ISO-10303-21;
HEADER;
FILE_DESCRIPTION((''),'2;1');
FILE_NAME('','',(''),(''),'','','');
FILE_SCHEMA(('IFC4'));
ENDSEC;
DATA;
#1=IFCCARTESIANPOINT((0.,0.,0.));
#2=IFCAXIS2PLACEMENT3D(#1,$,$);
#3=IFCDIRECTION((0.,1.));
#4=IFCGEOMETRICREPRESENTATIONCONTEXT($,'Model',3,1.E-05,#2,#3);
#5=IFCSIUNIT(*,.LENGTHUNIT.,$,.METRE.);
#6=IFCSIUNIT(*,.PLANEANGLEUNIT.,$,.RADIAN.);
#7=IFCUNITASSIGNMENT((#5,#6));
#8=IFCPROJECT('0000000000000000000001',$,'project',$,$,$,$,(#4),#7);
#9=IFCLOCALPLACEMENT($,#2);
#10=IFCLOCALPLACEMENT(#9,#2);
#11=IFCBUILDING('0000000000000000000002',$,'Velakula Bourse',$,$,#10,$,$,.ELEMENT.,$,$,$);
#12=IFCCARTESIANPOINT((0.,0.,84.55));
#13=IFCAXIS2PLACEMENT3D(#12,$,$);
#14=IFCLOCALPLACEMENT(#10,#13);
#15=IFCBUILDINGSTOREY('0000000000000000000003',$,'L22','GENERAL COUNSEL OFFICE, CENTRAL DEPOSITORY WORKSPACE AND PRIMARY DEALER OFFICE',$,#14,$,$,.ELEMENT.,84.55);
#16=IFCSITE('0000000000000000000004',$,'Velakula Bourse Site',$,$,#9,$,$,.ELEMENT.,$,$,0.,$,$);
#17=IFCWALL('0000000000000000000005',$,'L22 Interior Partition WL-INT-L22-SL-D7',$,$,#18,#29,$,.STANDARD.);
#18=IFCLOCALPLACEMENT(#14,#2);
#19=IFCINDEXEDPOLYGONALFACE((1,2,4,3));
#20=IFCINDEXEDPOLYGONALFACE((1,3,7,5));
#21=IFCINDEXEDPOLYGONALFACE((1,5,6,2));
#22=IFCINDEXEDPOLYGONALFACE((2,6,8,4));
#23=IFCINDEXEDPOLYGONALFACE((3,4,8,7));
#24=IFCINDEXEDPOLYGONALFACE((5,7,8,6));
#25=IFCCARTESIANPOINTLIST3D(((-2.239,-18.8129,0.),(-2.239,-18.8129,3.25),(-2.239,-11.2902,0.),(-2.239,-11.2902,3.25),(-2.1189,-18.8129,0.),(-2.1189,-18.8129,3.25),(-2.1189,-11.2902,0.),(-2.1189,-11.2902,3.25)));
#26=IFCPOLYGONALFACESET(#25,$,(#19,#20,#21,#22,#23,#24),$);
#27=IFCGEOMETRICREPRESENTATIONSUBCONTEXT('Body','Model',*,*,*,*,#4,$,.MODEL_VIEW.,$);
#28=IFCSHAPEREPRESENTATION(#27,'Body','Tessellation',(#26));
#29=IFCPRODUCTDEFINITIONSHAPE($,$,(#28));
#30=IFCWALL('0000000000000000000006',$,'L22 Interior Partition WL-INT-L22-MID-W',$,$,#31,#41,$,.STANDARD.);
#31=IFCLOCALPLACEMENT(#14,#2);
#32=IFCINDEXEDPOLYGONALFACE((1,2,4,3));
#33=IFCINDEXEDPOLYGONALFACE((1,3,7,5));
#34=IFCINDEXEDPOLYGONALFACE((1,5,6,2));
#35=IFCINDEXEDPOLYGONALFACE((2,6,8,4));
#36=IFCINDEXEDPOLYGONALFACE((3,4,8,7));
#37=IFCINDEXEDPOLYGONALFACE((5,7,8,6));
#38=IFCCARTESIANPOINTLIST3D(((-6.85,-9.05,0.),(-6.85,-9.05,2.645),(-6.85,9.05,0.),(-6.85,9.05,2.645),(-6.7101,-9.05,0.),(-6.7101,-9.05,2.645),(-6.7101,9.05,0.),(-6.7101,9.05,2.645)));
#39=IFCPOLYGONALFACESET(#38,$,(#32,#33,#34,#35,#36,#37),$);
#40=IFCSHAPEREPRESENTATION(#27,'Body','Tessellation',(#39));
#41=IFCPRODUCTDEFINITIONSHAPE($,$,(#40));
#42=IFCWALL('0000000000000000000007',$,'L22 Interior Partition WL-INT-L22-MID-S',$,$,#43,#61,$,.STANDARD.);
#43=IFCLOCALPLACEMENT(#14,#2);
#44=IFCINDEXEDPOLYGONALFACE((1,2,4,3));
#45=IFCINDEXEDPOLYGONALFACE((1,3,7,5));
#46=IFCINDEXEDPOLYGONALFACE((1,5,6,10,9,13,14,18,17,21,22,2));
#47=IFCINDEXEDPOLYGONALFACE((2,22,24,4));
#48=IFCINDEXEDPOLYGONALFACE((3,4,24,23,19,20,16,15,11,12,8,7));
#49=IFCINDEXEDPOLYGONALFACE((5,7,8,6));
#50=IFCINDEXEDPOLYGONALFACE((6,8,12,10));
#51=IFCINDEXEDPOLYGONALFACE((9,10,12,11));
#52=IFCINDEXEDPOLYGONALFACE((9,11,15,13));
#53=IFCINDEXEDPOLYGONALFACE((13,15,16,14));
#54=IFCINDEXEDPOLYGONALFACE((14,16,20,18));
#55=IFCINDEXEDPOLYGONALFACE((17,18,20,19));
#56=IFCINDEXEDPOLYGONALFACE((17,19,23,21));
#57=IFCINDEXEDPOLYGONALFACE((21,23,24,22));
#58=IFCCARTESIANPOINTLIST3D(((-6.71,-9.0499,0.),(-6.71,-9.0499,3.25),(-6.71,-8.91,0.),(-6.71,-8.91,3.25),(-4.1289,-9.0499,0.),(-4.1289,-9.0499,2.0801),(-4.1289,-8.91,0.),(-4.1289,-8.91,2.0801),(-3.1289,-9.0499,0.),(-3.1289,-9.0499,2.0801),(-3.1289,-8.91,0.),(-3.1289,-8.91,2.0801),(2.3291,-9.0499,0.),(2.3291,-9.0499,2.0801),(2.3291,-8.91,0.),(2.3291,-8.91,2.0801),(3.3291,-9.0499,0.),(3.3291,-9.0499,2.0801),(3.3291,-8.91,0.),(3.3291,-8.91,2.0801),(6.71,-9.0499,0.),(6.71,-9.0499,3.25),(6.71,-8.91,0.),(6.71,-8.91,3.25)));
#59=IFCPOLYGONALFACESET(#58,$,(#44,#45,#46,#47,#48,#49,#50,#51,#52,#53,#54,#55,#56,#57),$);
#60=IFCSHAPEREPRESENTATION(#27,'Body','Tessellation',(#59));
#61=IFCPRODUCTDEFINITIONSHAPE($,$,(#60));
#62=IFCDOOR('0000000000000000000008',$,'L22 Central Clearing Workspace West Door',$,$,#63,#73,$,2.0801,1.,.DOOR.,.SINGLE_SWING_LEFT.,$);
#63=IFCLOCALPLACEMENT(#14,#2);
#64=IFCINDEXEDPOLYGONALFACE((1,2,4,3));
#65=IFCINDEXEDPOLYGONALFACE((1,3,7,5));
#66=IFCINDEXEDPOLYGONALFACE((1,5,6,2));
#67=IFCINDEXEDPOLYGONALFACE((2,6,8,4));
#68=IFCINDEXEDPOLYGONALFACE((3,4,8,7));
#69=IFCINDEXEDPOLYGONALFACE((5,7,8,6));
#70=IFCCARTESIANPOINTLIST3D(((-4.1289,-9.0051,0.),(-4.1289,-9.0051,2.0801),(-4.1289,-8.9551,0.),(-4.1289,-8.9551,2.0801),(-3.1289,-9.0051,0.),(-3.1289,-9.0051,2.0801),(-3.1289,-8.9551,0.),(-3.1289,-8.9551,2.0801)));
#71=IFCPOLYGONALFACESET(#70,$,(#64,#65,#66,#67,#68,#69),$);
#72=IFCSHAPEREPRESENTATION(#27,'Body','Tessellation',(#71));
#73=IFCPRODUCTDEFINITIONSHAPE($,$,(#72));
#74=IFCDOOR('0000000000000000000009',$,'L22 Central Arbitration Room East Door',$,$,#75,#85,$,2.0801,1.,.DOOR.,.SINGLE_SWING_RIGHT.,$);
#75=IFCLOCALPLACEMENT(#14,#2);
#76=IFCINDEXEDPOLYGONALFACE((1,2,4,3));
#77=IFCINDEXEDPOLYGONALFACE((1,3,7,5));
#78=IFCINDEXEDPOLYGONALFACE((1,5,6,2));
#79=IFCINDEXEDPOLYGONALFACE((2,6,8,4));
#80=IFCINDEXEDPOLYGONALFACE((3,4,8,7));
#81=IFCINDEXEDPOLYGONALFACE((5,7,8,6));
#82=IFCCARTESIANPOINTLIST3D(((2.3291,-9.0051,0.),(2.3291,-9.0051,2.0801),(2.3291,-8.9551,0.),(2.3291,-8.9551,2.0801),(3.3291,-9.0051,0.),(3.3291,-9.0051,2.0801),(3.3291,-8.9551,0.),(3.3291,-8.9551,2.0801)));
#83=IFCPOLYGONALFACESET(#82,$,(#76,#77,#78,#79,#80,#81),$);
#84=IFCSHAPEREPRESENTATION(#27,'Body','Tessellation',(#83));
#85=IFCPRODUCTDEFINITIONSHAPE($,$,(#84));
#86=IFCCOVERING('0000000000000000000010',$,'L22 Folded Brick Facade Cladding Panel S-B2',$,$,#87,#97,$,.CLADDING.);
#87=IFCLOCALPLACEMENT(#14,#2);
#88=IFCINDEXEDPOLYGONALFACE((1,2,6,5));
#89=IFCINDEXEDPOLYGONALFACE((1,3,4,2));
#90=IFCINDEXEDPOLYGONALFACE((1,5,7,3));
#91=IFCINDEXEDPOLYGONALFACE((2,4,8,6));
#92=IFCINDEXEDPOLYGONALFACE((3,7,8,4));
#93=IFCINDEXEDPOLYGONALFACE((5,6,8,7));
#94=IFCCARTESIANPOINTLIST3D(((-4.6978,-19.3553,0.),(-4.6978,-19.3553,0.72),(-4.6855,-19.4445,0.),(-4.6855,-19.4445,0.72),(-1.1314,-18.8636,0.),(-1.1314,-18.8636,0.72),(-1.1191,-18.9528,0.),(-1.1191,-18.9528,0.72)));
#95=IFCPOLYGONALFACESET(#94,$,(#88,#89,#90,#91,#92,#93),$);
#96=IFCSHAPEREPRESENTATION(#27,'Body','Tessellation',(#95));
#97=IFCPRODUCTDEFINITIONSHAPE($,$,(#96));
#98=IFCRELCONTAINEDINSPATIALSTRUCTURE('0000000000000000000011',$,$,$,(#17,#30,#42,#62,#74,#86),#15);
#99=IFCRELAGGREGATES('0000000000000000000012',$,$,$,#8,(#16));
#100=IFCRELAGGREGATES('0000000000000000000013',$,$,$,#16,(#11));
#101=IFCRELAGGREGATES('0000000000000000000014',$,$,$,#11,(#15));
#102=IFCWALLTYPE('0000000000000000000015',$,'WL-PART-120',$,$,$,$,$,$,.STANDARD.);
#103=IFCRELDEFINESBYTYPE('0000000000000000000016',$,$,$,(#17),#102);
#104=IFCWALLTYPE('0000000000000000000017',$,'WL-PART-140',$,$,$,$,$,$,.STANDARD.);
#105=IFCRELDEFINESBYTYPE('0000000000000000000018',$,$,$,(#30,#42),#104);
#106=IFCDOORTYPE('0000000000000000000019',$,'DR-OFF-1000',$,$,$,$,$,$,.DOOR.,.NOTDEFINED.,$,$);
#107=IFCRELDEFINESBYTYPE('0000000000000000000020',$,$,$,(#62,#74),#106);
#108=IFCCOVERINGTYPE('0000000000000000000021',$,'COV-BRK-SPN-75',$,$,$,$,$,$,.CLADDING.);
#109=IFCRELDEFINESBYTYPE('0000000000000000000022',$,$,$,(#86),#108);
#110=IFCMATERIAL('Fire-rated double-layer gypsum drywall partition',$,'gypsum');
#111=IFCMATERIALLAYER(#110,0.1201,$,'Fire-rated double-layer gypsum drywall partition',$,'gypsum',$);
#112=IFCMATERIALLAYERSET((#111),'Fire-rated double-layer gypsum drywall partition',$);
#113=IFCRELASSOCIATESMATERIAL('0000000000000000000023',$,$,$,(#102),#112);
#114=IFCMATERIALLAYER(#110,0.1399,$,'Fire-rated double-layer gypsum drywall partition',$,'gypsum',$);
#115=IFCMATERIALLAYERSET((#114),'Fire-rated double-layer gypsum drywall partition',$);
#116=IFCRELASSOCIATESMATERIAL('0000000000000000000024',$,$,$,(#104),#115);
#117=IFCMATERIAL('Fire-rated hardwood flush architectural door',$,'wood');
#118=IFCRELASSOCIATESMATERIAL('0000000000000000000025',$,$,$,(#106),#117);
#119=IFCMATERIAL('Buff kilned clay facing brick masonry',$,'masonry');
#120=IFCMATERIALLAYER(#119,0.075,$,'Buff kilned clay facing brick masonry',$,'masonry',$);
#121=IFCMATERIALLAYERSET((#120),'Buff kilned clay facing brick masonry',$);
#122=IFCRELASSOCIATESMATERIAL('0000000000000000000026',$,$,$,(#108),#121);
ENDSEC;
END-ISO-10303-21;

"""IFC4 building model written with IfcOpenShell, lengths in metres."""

from ifc_helpers import new_model, si_unit, direction, frame, frame_2d, origin, origin_2d, place, context, subcontext, project, spatial, rectangle, extrude, material, layer, layer_set, type_object, element, fill, save


model = new_model("IFC4")

# Units and contexts
model_context = context("Model", 3, precision=1e-05, world=origin(), true_north=direction((0.0, 1.0)))
body_context = subcontext(model_context, "Body", "Model", "MODEL_VIEW")
ifc_project = project(units=[si_unit("LENGTHUNIT", "METRE"), si_unit("PLANEANGLEUNIT", "RADIAN")], contexts=[model_context])

# Site, building, storey
site_placement = place(None, origin())
site = spatial("IfcSite", under=ifc_project, at=site_placement, Name="Velakula Bourse Site", CompositionType="ELEMENT", RefElevation=0.0)
building_placement = place(site_placement, origin())
building = spatial("IfcBuilding", under=site, at=building_placement, Name="Velakula Bourse", CompositionType="ELEMENT")
storey_placement = place(building_placement, frame((0.0, 0.0, 84.55)))
storey = spatial("IfcBuildingStorey", under=building, at=storey_placement, Name="L22", Description="GENERAL COUNSEL OFFICE, CENTRAL DEPOSITORY WORKSPACE AND PRIMARY DEALER OFFICE", CompositionType="ELEMENT", Elevation=84.55)

# Walls
ifc_material_1 = material(Name="Fire-rated double-layer gypsum drywall partition", Category="gypsum")
ifc_layer_1 = layer(ifc_material_1, 0.1201, Name="Fire-rated double-layer gypsum drywall partition", Category="gypsum")
ifc_layer_set_1 = layer_set([ifc_layer_1], Name="Fire-rated double-layer gypsum drywall partition")
wall_type_1 = type_object("IfcWallType", Name="WL-PART-120", PredefinedType="STANDARD", material=ifc_layer_set_1)
wall_1_placement = place(storey_placement, frame((-2.179, -18.8127, 0.0), z_axis=(0.0, 0.0, 1.0), x_axis=(0.0, 1.0, 0.0)))
element("IfcWall", 1, at=wall_1_placement, inside=storey, type_object=wall_type_1, Name="L22 Interior Partition WL-INT-L22-SL-D7", PredefinedType="STANDARD", context=body_context, shape_type="SweptSolid", body=[
    extrude(rectangle(XDim=7.5227, YDim=0.1201, at=frame_2d((3.7612, 0.0))), origin(), (0.0, 0.0, 1.0), 3.25),
])
ifc_layer_2 = layer(ifc_material_1, 0.1399, Name="Fire-rated double-layer gypsum drywall partition", Category="gypsum")
ifc_layer_set_2 = layer_set([ifc_layer_2], Name="Fire-rated double-layer gypsum drywall partition")
wall_type_2 = type_object("IfcWallType", Name="WL-PART-140", PredefinedType="STANDARD", material=ifc_layer_set_2)
wall_2_placement = place(storey_placement, frame((-6.78, -9.05, 0.0), z_axis=(0.0, 0.0, 1.0), x_axis=(0.0, 1.0, 0.0)))
element("IfcWall", 2, at=wall_2_placement, inside=storey, type_object=wall_type_2, Name="L22 Interior Partition WL-INT-L22-MID-W", PredefinedType="STANDARD", context=body_context, shape_type="SweptSolid", body=[
    extrude(rectangle(XDim=18.1001, YDim=0.1399, at=frame_2d((9.05, 0.0))), origin(), (0.0, 0.0, 1.0), 2.645),
])

# Wall, openings, doors
wall_3_placement = place(storey_placement, frame((-6.71, -8.98, 0.0), z_axis=(0.0, 0.0, 1.0), x_axis=(1.0, 0.0, 0.0)))
wall_3 = element("IfcWall", 3, at=wall_3_placement, inside=storey, type_object=wall_type_2, Name="L22 Interior Partition WL-INT-L22-MID-S", PredefinedType="STANDARD", context=body_context, shape_type="SweptSolid", body=[
    extrude(rectangle(XDim=13.4199, YDim=0.1399, at=frame_2d((6.71, 0.0))), origin(), (0.0, 0.0, 1.0), 3.25),
])
opening_1_placement = place(wall_3_placement, frame((2.5811, 0.0, 0.0)))
opening_1 = element("IfcOpeningElement", 4, at=opening_1_placement, cuts=wall_3, PredefinedType="OPENING", context=body_context, shape_type="SweptSolid", body=[
    extrude(rectangle(XDim=1.0, YDim=2.0801, at=frame_2d((0.5, 1.04))), frame((0.0, 0.0798, 0.0), z_axis=(0.0, -1.0, 0.0), x_axis=(1.0, 0.0, 0.0)), (0.0, 0.0, 1.0), 0.1599),
])
opening_2_placement = place(wall_3_placement, frame((9.0391, 0.0, 0.0)))
opening_2 = element("IfcOpeningElement", 5, at=opening_2_placement, cuts=wall_3, PredefinedType="OPENING", context=body_context, shape_type="SweptSolid", body=[
    extrude(rectangle(XDim=1.0, YDim=2.0801, at=frame_2d((0.5, 1.04))), frame((0.0, 0.0798, 0.0), z_axis=(0.0, -1.0, 0.0), x_axis=(1.0, 0.0, 0.0)), (0.0, 0.0, 1.0), 0.1599),
])
ifc_material_2 = material(Name="Fire-rated hardwood flush architectural door", Category="wood")
door_type = type_object("IfcDoorType", Name="DR-OFF-1000", OperationType="NOTDEFINED", PredefinedType="DOOR", material=ifc_material_2)
door_1_placement = place(opening_1_placement, origin())
door_1 = element("IfcDoor", 6, at=door_1_placement, inside=storey, type_object=door_type, Name="L22 Central Clearing Workspace West Door", OperationType="SINGLE_SWING_LEFT", OverallHeight=2.0801, OverallWidth=1.0, PredefinedType="DOOR", context=body_context, shape_type="SweptSolid", body=[
    extrude(rectangle(XDim=1.0, YDim=2.0801, at=frame_2d((0.5, 1.04))), frame((0.0, 0.0249, 0.0), z_axis=(0.0, -1.0, 0.0), x_axis=(1.0, 0.0, 0.0)), (0.0, 0.0, 1.0), 0.05),
])
fill(opening_1, door_1)
door_2_placement = place(opening_2_placement, origin())
door_2 = element("IfcDoor", 7, at=door_2_placement, inside=storey, type_object=door_type, Name="L22 Central Arbitration Room East Door", OperationType="SINGLE_SWING_RIGHT", OverallHeight=2.0801, OverallWidth=1.0, PredefinedType="DOOR", context=body_context, shape_type="SweptSolid", body=[
    extrude(rectangle(XDim=1.0, YDim=2.0801, at=frame_2d((0.5, 1.04))), frame((0.0, 0.0249, 0.0), z_axis=(0.0, -1.0, 0.0), x_axis=(1.0, 0.0, 0.0)), (0.0, 0.0, 1.0), 0.05),
])
fill(opening_2, door_2)

# Covering
ifc_material_3 = material(Name="Buff kilned clay facing brick masonry", Category="masonry")
ifc_layer_3 = layer(ifc_material_3, 0.075, Name="Buff kilned clay facing brick masonry", Category="masonry")
ifc_layer_set_3 = layer_set([ifc_layer_3], Name="Buff kilned clay facing brick masonry")
covering_type = type_object("IfcCoveringType", Name="COV-BRK-SPN-75", PredefinedType="CLADDING", material=ifc_layer_set_3)
covering_placement = place(storey_placement, frame((-2.9084, -19.1541, 0.0), z_axis=(0.0, 0.0, 1.0), x_axis=(0.990629, 0.13658, 0.0)))
element("IfcCovering", 8, at=covering_placement, inside=storey, type_object=covering_type, Name="L22 Folded Brick Facade Cladding Panel S-B2", PredefinedType="CLADDING", context=body_context, shape_type="SweptSolid", body=[
    extrude(rectangle(XDim=3.6001, YDim=0.0901, at=origin_2d()), origin(), (0.0, 0.0, 1.0), 0.72),
])

save(model, "model.ifc")
